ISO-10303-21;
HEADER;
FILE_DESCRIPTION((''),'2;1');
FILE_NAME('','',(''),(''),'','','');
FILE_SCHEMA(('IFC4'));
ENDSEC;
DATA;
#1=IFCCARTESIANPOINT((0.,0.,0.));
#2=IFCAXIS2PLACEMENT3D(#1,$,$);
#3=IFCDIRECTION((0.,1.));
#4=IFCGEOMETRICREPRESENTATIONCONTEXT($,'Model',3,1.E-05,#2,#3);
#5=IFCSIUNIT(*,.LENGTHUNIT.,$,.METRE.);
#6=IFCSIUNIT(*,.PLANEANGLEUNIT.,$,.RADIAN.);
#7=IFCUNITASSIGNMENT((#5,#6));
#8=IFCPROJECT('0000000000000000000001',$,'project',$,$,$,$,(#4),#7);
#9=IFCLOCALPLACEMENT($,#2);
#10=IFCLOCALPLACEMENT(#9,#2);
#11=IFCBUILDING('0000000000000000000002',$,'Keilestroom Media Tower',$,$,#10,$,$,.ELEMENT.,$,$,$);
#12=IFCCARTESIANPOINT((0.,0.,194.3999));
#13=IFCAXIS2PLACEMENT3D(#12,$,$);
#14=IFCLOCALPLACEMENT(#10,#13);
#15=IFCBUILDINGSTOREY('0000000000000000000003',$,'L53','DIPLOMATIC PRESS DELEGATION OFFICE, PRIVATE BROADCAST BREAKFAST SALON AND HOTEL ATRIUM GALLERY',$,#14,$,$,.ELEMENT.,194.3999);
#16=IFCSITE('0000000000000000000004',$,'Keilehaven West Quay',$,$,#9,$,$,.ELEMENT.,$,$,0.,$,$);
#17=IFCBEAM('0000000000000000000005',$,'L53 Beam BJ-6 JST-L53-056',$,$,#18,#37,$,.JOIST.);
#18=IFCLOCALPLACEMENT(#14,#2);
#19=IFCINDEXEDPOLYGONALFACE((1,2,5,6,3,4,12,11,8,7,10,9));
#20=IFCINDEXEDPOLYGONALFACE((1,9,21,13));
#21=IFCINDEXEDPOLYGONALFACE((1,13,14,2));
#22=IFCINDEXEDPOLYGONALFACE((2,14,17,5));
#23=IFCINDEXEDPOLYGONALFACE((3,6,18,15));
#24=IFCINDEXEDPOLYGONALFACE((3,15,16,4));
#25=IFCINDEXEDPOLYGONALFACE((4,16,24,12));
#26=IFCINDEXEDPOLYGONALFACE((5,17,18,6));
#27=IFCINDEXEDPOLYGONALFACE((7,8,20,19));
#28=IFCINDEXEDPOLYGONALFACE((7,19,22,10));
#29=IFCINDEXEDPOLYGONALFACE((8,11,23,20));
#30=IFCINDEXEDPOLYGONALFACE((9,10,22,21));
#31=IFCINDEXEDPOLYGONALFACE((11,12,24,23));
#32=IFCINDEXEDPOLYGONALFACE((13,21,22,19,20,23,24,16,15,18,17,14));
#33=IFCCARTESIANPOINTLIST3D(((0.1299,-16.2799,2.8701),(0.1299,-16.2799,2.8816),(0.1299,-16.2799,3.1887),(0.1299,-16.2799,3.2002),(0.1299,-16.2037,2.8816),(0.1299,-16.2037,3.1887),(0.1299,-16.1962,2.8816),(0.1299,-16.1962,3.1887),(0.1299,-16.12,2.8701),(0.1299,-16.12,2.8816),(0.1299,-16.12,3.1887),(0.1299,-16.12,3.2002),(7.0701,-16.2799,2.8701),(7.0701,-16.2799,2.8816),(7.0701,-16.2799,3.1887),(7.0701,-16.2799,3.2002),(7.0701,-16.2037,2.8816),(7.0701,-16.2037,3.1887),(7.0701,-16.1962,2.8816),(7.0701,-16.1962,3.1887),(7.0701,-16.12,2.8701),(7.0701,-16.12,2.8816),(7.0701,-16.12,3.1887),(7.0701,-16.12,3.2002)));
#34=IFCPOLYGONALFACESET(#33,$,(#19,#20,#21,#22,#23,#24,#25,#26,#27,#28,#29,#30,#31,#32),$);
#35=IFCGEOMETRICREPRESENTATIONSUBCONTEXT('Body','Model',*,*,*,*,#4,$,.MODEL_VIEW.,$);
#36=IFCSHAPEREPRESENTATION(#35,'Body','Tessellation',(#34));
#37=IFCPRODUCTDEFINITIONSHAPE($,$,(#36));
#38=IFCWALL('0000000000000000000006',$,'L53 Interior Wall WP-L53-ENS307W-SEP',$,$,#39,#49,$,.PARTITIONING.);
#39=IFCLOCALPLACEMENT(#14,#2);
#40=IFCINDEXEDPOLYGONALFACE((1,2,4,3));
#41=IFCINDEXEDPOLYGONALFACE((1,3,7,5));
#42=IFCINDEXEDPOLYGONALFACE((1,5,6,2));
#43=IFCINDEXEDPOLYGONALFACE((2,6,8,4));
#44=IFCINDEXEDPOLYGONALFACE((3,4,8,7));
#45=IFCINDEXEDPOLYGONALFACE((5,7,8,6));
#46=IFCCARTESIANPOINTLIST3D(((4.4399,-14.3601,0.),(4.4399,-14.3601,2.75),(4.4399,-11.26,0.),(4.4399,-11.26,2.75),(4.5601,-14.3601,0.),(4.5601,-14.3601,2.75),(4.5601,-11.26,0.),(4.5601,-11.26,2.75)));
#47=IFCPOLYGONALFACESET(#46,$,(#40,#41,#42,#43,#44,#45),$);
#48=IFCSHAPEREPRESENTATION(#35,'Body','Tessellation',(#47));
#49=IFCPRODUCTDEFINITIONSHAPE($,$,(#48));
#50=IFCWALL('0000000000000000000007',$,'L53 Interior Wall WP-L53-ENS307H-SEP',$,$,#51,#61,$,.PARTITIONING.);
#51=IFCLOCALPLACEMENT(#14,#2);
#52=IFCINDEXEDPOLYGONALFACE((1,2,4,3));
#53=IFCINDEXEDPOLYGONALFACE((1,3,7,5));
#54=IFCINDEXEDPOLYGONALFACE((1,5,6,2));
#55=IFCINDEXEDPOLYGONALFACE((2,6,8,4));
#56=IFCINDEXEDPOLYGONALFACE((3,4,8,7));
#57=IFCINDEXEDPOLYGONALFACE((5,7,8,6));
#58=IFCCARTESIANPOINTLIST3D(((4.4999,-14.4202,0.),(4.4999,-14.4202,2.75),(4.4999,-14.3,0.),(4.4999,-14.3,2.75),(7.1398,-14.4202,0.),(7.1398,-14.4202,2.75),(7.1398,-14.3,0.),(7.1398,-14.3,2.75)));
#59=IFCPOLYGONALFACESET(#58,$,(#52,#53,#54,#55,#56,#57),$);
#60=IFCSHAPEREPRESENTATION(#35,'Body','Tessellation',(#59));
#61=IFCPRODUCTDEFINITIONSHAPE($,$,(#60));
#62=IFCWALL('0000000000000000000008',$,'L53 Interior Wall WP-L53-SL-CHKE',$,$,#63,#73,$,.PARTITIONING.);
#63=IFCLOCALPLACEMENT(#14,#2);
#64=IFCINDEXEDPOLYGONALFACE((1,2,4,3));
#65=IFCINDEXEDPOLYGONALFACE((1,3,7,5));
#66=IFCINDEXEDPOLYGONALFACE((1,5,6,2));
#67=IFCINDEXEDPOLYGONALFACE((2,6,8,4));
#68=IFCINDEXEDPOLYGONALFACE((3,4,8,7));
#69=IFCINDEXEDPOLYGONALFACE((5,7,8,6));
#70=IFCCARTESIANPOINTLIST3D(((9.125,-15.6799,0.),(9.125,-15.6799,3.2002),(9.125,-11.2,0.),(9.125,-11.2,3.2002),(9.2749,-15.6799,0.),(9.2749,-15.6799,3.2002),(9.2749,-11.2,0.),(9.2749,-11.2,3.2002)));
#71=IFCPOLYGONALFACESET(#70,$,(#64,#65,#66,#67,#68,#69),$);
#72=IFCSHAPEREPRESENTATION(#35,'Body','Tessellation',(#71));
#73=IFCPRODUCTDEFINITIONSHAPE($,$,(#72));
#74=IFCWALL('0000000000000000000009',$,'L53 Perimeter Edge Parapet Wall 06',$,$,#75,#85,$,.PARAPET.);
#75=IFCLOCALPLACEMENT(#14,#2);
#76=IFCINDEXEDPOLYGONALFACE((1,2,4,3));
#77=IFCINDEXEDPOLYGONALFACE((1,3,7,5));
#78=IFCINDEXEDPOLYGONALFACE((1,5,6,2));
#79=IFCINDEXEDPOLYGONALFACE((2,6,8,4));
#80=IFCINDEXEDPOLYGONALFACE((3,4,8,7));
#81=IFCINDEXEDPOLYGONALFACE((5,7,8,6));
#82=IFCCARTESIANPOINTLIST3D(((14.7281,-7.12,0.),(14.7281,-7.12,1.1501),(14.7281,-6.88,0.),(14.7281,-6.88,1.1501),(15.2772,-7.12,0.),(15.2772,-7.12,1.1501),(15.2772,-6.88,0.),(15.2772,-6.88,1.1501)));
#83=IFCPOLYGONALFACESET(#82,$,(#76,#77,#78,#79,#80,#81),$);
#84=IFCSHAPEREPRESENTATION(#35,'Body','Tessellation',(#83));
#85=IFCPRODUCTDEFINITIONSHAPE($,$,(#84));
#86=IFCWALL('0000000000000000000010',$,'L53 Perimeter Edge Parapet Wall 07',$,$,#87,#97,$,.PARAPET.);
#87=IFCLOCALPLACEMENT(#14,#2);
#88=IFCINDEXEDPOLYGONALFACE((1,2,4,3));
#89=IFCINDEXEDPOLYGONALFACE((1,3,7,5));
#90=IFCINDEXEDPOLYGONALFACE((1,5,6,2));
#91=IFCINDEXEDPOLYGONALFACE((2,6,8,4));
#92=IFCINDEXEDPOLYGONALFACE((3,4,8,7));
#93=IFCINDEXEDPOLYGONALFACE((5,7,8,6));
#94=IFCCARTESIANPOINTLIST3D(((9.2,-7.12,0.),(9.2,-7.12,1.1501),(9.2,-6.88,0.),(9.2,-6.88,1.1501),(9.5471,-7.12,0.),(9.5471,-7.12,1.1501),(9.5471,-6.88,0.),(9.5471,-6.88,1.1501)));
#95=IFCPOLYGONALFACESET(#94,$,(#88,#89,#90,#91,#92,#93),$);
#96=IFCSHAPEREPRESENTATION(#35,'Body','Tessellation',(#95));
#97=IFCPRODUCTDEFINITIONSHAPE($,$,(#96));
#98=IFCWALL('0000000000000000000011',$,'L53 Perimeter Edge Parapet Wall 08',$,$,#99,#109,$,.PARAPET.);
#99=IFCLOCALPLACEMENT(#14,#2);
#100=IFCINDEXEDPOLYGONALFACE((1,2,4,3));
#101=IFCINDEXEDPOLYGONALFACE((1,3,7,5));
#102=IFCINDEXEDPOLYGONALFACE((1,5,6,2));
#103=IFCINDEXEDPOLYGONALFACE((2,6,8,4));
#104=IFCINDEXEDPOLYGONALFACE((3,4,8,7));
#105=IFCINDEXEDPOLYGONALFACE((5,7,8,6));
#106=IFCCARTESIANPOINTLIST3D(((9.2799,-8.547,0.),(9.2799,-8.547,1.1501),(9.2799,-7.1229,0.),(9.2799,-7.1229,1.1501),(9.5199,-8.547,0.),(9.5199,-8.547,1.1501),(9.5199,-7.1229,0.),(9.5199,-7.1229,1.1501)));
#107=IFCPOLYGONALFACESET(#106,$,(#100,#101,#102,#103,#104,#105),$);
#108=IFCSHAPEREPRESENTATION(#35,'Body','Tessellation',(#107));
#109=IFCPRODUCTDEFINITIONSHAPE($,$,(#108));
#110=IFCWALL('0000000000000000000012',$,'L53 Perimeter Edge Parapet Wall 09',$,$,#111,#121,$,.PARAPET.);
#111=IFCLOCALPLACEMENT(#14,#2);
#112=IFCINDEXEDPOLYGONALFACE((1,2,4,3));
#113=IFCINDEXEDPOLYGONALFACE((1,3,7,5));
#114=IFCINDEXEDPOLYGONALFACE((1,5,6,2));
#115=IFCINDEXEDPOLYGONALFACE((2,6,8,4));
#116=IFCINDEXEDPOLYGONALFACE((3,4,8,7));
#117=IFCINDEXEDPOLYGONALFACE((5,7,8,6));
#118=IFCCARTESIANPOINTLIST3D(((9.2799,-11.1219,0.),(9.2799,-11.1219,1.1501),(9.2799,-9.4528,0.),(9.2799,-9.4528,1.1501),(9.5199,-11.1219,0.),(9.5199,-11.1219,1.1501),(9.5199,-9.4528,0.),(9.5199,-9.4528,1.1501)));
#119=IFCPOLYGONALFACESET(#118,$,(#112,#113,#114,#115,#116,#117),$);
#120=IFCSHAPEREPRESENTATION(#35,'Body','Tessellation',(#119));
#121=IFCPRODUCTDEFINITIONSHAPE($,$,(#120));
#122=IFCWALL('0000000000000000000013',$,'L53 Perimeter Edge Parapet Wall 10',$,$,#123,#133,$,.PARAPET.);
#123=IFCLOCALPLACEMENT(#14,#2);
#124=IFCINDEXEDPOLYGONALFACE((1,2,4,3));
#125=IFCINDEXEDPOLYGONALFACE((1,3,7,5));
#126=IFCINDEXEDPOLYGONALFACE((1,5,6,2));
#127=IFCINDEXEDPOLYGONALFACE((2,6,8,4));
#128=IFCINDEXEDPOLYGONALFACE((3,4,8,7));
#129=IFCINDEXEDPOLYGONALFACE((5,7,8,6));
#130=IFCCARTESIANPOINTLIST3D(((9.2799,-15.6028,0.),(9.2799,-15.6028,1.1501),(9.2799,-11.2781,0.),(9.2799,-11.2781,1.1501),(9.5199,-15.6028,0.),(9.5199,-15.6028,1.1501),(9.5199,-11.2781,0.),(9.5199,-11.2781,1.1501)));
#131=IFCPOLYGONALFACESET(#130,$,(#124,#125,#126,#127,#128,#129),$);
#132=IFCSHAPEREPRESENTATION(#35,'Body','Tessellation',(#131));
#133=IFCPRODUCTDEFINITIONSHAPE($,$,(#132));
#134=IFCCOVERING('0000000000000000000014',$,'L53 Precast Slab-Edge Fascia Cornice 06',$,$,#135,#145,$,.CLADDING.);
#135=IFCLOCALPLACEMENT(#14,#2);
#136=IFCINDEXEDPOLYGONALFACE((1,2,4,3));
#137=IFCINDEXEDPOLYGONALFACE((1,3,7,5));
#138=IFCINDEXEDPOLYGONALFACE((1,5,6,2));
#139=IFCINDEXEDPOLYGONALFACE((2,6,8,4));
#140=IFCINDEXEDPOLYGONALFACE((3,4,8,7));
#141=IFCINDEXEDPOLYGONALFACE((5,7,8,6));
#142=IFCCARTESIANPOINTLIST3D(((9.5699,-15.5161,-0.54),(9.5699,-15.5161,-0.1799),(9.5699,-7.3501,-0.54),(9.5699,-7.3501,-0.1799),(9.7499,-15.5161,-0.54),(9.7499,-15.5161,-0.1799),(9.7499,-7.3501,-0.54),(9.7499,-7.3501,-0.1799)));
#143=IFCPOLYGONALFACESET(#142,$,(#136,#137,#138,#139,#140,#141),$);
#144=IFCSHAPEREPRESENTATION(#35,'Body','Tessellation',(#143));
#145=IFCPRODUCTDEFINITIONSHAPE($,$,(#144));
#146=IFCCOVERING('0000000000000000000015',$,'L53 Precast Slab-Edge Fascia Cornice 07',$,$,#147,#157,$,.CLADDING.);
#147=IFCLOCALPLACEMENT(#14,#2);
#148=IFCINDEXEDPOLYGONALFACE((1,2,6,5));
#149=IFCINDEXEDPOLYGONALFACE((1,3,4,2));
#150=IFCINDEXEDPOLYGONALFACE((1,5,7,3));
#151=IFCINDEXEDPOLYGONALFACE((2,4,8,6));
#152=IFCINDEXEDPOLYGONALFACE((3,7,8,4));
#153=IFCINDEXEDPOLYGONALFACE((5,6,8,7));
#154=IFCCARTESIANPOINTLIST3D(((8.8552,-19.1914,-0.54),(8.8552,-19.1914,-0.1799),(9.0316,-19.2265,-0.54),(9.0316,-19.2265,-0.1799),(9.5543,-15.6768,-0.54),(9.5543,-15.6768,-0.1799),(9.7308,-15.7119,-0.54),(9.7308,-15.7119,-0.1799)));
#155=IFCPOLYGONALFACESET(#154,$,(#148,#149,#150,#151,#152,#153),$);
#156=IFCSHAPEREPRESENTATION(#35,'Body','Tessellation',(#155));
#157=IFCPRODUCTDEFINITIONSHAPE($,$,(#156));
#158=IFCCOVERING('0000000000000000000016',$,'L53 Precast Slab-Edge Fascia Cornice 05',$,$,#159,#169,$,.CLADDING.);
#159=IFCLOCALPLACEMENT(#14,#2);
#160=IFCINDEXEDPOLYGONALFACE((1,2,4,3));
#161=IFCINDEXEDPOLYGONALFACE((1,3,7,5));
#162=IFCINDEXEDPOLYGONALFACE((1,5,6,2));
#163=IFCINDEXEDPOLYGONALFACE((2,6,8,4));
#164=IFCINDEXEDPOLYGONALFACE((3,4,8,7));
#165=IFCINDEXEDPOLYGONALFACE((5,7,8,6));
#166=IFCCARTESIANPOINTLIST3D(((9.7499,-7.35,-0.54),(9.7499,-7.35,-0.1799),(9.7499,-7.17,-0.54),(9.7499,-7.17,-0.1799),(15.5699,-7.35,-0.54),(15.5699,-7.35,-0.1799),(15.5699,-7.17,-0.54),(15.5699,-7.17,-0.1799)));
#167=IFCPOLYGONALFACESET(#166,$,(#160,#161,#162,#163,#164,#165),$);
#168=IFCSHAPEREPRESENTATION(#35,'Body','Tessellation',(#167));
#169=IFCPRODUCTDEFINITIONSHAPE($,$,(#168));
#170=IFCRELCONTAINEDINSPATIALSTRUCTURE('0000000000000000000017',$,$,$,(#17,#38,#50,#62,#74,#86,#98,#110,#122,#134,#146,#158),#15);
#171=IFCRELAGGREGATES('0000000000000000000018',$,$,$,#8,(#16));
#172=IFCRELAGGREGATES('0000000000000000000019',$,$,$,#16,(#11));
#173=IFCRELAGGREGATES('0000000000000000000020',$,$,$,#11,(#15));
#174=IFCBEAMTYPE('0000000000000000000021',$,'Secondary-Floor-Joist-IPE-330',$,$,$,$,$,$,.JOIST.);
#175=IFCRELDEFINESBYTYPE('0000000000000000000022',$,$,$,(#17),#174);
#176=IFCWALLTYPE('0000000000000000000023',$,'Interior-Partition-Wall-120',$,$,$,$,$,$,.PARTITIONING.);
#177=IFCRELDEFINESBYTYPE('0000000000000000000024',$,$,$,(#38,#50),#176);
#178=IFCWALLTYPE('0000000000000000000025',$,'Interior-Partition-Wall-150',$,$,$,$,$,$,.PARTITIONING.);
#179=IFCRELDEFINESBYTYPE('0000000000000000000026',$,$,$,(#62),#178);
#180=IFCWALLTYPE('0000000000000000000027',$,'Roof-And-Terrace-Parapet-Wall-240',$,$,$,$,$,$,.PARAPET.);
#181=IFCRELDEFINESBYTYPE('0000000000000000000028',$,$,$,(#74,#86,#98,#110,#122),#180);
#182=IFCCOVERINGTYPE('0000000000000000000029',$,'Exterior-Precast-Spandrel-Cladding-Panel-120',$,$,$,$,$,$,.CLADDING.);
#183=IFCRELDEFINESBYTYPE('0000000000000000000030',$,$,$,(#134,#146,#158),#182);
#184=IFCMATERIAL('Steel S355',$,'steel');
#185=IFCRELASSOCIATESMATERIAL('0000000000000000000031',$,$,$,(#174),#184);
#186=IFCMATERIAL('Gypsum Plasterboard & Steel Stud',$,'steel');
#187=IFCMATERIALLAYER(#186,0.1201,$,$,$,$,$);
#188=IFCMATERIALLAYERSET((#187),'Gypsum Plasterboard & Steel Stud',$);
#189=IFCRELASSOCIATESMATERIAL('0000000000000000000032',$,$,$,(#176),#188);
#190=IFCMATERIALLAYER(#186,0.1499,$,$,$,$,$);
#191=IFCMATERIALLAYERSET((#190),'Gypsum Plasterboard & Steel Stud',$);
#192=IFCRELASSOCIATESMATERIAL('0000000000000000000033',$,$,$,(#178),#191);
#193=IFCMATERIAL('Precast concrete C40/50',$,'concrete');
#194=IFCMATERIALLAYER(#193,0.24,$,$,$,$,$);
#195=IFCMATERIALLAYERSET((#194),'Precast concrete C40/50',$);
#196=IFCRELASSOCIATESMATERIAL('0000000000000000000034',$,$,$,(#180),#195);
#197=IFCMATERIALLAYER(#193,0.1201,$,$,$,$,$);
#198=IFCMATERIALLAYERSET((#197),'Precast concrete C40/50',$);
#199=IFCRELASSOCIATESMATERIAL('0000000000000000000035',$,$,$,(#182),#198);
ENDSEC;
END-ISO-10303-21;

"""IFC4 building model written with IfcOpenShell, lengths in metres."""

from ifc_helpers import new_model, si_unit, direction, frame, frame_2d, origin, origin_2d, place, context, subcontext, project, spatial, rectangle, i_section, extrude, source, transform, mapped, material, layer, layer_set, material_profile, profile_set, type_object, element, save


model = new_model("IFC4")

# Units and contexts
model_context = context("Model", 3, precision=1e-05, world=origin(), true_north=direction((0.0, 1.0)))
body_context = subcontext(model_context, "Body", "Model", "MODEL_VIEW")
ifc_project = project(units=[si_unit("LENGTHUNIT", "METRE"), si_unit("PLANEANGLEUNIT", "RADIAN")], contexts=[model_context])

# Site, building, storey
site_placement = place(None, origin())
site = spatial("IfcSite", under=ifc_project, at=site_placement, Name="Keilehaven West Quay", CompositionType="ELEMENT", RefElevation=0.0)
building_placement = place(site_placement, origin())
building = spatial("IfcBuilding", under=site, at=building_placement, Name="Keilestroom Media Tower", CompositionType="ELEMENT")
storey_placement = place(building_placement, frame((0.0, 0.0, 194.3999)))
storey = spatial("IfcBuildingStorey", under=building, at=storey_placement, Name="L53", Description="DIPLOMATIC PRESS DELEGATION OFFICE, PRIVATE BROADCAST BREAKFAST SALON AND HOTEL ATRIUM GALLERY", CompositionType="ELEMENT", Elevation=194.3999)

# Shared definitions
ifc_material_1 = material(Name="Precast concrete C40/50", Category="concrete")
ifc_material_2 = material(Name="Steel S355", Category="steel")

# Beam
ifc_material_profile_1 = material_profile(ifc_material_2, i_section(OverallWidth=0.1599, OverallDepth=0.3301, WebThickness=0.0076, FlangeThickness=0.0115, at=origin_2d()), Name="IPE 330")
ifc_profile_set_1 = profile_set([ifc_material_profile_1], Name="Steel S355")
beam_type_1 = type_object("IfcBeamType", Name="Secondary-Floor-Joist-IPE-330", PredefinedType="JOIST", material=ifc_profile_set_1)
shared_shape_1 = source(origin(), body_context, "Body", "SweptSolid", [
    extrude(i_section(OverallWidth=0.1599, OverallDepth=0.3301, WebThickness=0.0076, FlangeThickness=0.0115, at=origin_2d()), origin(), (0.0, 0.0, 1.0), 6.9402),
])
beam_1_placement = place(storey_placement, frame((0.1299, -16.2, 3.0352), z_axis=(1.0, 0.0, 0.0), x_axis=(0.0, 1.0, 0.0)))
element("IfcBeam", 1, at=beam_1_placement, inside=storey, type_object=beam_type_1, Name="L53 Beam BJ-6 JST-L53-056", PredefinedType="JOIST", context=body_context, shape_type="MappedRepresentation", body=[
    mapped(shared_shape_1, transform((0.0, 0.0, 0.0), x_axis=(1.0, 0.0, 0.0), y_axis=(0.0, 1.0, 0.0), z_axis=(0.0, 0.0, 1.0), scale=1.0)),
])

# Walls
ifc_material_3 = material(Name="Gypsum Plasterboard & Steel Stud", Category="steel")
ifc_layer_1 = layer(ifc_material_3, 0.1201)
ifc_layer_set_1 = layer_set([ifc_layer_1], Name="Gypsum Plasterboard & Steel Stud")
wall_type_1 = type_object("IfcWallType", Name="Interior-Partition-Wall-120", PredefinedType="PARTITIONING", material=ifc_layer_set_1)
wall_1_placement = place(storey_placement, frame((4.5, -14.3601, 0.0), z_axis=(0.0, 0.0, 1.0), x_axis=(0.0, 1.0, 0.0)))
element("IfcWall", 2, at=wall_1_placement, inside=storey, type_object=wall_type_1, Name="L53 Interior Wall WP-L53-ENS307W-SEP", PredefinedType="PARTITIONING", context=body_context, shape_type="SweptSolid", body=[
    extrude(rectangle(XDim=3.1001, YDim=0.1201, at=frame_2d((1.55, 0.0))), origin(), (0.0, 0.0, 1.0), 2.75),
])
wall_2_placement = place(storey_placement, frame((4.5, -14.3601, 0.0), z_axis=(0.0, 0.0, 1.0), x_axis=(1.0, 0.0, 0.0)))
element("IfcWall", 3, at=wall_2_placement, inside=storey, type_object=wall_type_1, Name="L53 Interior Wall WP-L53-ENS307H-SEP", PredefinedType="PARTITIONING", context=body_context, shape_type="SweptSolid", body=[
    extrude(rectangle(XDim=2.6399, YDim=0.1201, at=frame_2d((1.3198, 0.0))), origin(), (0.0, 0.0, 1.0), 2.75),
])
ifc_layer_2 = layer(ifc_material_3, 0.1499)
ifc_layer_set_2 = layer_set([ifc_layer_2], Name="Gypsum Plasterboard & Steel Stud")
wall_type_2 = type_object("IfcWallType", Name="Interior-Partition-Wall-150", PredefinedType="PARTITIONING", material=ifc_layer_set_2)
wall_3_placement = place(storey_placement, frame((9.2, -15.6799, 0.0), z_axis=(0.0, 0.0, 1.0), x_axis=(0.0, 1.0, 0.0)))
element("IfcWall", 4, at=wall_3_placement, inside=storey, type_object=wall_type_2, Name="L53 Interior Wall WP-L53-SL-CHKE", PredefinedType="PARTITIONING", context=body_context, shape_type="SweptSolid", body=[
    extrude(rectangle(XDim=4.48, YDim=0.1499, at=frame_2d((2.24, 0.0))), origin(), (0.0, 0.0, 1.0), 3.2002),
])
ifc_layer_3 = layer(ifc_material_1, 0.24)
ifc_layer_set_3 = layer_set([ifc_layer_3], Name="Precast concrete C40/50")
wall_type_3 = type_object("IfcWallType", Name="Roof-And-Terrace-Parapet-Wall-240", PredefinedType="PARAPET", material=ifc_layer_set_3)
wall_4_placement = place(storey_placement, frame((15.2771, -7.0, 0.0), z_axis=(0.0, 0.0, 1.0), x_axis=(-1.0, 0.0, 0.0)))
element("IfcWall", 5, at=wall_4_placement, inside=storey, type_object=wall_type_3, Name="L53 Perimeter Edge Parapet Wall 06", PredefinedType="PARAPET", context=body_context, shape_type="SweptSolid", body=[
    extrude(rectangle(XDim=0.5491, YDim=0.24, at=frame_2d((0.2744, 0.0))), origin(), (0.0, 0.0, 1.0), 1.1501),
])
wall_5_placement = place(storey_placement, frame((9.5471, -7.0, 0.0), z_axis=(0.0, 0.0, 1.0), x_axis=(-1.0, 0.0, 0.0)))
element("IfcWall", 6, at=wall_5_placement, inside=storey, type_object=wall_type_3, Name="L53 Perimeter Edge Parapet Wall 07", PredefinedType="PARAPET", context=body_context, shape_type="SweptSolid", body=[
    extrude(rectangle(XDim=0.3472, YDim=0.24, at=frame_2d((0.1736, 0.0))), origin(), (0.0, 0.0, 1.0), 1.1501),
])
wall_6_placement = place(storey_placement, frame((9.3999, -7.123, 0.0), z_axis=(0.0, 0.0, 1.0), x_axis=(0.0, -1.0, 0.0)))
element("IfcWall", 7, at=wall_6_placement, inside=storey, type_object=wall_type_3, Name="L53 Perimeter Edge Parapet Wall 08", PredefinedType="PARAPET", context=body_context, shape_type="SweptSolid", body=[
    extrude(rectangle(XDim=1.4241, YDim=0.24, at=frame_2d((0.7119, 0.0))), origin(), (0.0, 0.0, 1.0), 1.1501),
])
wall_7_placement = place(storey_placement, frame((9.3999, -9.4529, 0.0), z_axis=(0.0, 0.0, 1.0), x_axis=(0.0, -1.0, 0.0)))
element("IfcWall", 8, at=wall_7_placement, inside=storey, type_object=wall_type_3, Name="L53 Perimeter Edge Parapet Wall 09", PredefinedType="PARAPET", context=body_context, shape_type="SweptSolid", body=[
    extrude(rectangle(XDim=1.6692, YDim=0.24, at=frame_2d((0.8345, 0.0))), origin(), (0.0, 0.0, 1.0), 1.1501),
])
wall_8_placement = place(storey_placement, frame((9.3999, -11.2781, 0.0), z_axis=(0.0, 0.0, 1.0), x_axis=(0.0, -1.0, 0.0)))
element("IfcWall", 9, at=wall_8_placement, inside=storey, type_object=wall_type_3, Name="L53 Perimeter Edge Parapet Wall 10", PredefinedType="PARAPET", context=body_context, shape_type="SweptSolid", body=[
    extrude(rectangle(XDim=4.3247, YDim=0.24, at=frame_2d((2.1624, 0.0))), origin(), (0.0, 0.0, 1.0), 1.1501),
])

# Coverings
ifc_layer_4 = layer(ifc_material_1, 0.1201)
ifc_layer_set_4 = layer_set([ifc_layer_4], Name="Precast concrete C40/50")
covering_type = type_object("IfcCoveringType", Name="Exterior-Precast-Spandrel-Cladding-Panel-120", PredefinedType="CLADDING", material=ifc_layer_set_4)
shared_shape_2 = source(origin(), body_context, "Body", "SweptSolid", [
    extrude(rectangle(XDim=8.166, YDim=0.1799, at=origin_2d()), origin(), (0.0, 0.0, 1.0), 0.3601),
])
covering_1_placement = place(storey_placement, frame((9.6599, -11.4331, -0.54), z_axis=(0.0, 0.0, 1.0), x_axis=(0.0, -1.0, 0.0)))
element("IfcCovering", 10, at=covering_1_placement, inside=storey, type_object=covering_type, Name="L53 Precast Slab-Edge Fascia Cornice 06", PredefinedType="CLADDING", context=body_context, shape_type="MappedRepresentation", body=[
    mapped(shared_shape_2, transform((0.0, 0.0, 0.0), x_axis=(1.0, 0.0, 0.0), y_axis=(0.0, 1.0, 0.0), z_axis=(0.0, 0.0, 1.0), scale=1.0)),
])
shared_shape_3 = source(origin(), body_context, "Body", "SweptSolid", [
    extrude(rectangle(XDim=3.5835, YDim=0.1799, at=origin_2d()), origin(), (0.0, 0.0, 1.0), 0.3601),
])
covering_2_placement = place(storey_placement, frame((9.293, -17.4517, -0.54), z_axis=(0.0, 0.0, 1.0), x_axis=(-0.195099, -0.980784, 0.0)))
element("IfcCovering", 11, at=covering_2_placement, inside=storey, type_object=covering_type, Name="L53 Precast Slab-Edge Fascia Cornice 07", PredefinedType="CLADDING", context=body_context, shape_type="MappedRepresentation", body=[
    mapped(shared_shape_3, transform((0.0, 0.0, 0.0), x_axis=(1.0, 0.0, 0.0), y_axis=(0.0, 1.0, 0.0), z_axis=(0.0, 0.0, 1.0), scale=1.0)),
])
shared_shape_4 = source(origin(), body_context, "Body", "SweptSolid", [
    extrude(rectangle(XDim=5.8201, YDim=0.1799, at=origin_2d()), origin(), (0.0, 0.0, 1.0), 0.3601),
])
covering_3_placement = place(storey_placement, frame((12.6599, -7.26, -0.54), z_axis=(0.0, 0.0, 1.0), x_axis=(-1.0, 0.0, 0.0)))
element("IfcCovering", 12, at=covering_3_placement, inside=storey, type_object=covering_type, Name="L53 Precast Slab-Edge Fascia Cornice 05", PredefinedType="CLADDING", context=body_context, shape_type="MappedRepresentation", body=[
    mapped(shared_shape_4, transform((0.0, 0.0, 0.0), x_axis=(1.0, 0.0, 0.0), y_axis=(0.0, 1.0, 0.0), z_axis=(0.0, 0.0, 1.0), scale=1.0)),
])

save(model, "model.ifc")
